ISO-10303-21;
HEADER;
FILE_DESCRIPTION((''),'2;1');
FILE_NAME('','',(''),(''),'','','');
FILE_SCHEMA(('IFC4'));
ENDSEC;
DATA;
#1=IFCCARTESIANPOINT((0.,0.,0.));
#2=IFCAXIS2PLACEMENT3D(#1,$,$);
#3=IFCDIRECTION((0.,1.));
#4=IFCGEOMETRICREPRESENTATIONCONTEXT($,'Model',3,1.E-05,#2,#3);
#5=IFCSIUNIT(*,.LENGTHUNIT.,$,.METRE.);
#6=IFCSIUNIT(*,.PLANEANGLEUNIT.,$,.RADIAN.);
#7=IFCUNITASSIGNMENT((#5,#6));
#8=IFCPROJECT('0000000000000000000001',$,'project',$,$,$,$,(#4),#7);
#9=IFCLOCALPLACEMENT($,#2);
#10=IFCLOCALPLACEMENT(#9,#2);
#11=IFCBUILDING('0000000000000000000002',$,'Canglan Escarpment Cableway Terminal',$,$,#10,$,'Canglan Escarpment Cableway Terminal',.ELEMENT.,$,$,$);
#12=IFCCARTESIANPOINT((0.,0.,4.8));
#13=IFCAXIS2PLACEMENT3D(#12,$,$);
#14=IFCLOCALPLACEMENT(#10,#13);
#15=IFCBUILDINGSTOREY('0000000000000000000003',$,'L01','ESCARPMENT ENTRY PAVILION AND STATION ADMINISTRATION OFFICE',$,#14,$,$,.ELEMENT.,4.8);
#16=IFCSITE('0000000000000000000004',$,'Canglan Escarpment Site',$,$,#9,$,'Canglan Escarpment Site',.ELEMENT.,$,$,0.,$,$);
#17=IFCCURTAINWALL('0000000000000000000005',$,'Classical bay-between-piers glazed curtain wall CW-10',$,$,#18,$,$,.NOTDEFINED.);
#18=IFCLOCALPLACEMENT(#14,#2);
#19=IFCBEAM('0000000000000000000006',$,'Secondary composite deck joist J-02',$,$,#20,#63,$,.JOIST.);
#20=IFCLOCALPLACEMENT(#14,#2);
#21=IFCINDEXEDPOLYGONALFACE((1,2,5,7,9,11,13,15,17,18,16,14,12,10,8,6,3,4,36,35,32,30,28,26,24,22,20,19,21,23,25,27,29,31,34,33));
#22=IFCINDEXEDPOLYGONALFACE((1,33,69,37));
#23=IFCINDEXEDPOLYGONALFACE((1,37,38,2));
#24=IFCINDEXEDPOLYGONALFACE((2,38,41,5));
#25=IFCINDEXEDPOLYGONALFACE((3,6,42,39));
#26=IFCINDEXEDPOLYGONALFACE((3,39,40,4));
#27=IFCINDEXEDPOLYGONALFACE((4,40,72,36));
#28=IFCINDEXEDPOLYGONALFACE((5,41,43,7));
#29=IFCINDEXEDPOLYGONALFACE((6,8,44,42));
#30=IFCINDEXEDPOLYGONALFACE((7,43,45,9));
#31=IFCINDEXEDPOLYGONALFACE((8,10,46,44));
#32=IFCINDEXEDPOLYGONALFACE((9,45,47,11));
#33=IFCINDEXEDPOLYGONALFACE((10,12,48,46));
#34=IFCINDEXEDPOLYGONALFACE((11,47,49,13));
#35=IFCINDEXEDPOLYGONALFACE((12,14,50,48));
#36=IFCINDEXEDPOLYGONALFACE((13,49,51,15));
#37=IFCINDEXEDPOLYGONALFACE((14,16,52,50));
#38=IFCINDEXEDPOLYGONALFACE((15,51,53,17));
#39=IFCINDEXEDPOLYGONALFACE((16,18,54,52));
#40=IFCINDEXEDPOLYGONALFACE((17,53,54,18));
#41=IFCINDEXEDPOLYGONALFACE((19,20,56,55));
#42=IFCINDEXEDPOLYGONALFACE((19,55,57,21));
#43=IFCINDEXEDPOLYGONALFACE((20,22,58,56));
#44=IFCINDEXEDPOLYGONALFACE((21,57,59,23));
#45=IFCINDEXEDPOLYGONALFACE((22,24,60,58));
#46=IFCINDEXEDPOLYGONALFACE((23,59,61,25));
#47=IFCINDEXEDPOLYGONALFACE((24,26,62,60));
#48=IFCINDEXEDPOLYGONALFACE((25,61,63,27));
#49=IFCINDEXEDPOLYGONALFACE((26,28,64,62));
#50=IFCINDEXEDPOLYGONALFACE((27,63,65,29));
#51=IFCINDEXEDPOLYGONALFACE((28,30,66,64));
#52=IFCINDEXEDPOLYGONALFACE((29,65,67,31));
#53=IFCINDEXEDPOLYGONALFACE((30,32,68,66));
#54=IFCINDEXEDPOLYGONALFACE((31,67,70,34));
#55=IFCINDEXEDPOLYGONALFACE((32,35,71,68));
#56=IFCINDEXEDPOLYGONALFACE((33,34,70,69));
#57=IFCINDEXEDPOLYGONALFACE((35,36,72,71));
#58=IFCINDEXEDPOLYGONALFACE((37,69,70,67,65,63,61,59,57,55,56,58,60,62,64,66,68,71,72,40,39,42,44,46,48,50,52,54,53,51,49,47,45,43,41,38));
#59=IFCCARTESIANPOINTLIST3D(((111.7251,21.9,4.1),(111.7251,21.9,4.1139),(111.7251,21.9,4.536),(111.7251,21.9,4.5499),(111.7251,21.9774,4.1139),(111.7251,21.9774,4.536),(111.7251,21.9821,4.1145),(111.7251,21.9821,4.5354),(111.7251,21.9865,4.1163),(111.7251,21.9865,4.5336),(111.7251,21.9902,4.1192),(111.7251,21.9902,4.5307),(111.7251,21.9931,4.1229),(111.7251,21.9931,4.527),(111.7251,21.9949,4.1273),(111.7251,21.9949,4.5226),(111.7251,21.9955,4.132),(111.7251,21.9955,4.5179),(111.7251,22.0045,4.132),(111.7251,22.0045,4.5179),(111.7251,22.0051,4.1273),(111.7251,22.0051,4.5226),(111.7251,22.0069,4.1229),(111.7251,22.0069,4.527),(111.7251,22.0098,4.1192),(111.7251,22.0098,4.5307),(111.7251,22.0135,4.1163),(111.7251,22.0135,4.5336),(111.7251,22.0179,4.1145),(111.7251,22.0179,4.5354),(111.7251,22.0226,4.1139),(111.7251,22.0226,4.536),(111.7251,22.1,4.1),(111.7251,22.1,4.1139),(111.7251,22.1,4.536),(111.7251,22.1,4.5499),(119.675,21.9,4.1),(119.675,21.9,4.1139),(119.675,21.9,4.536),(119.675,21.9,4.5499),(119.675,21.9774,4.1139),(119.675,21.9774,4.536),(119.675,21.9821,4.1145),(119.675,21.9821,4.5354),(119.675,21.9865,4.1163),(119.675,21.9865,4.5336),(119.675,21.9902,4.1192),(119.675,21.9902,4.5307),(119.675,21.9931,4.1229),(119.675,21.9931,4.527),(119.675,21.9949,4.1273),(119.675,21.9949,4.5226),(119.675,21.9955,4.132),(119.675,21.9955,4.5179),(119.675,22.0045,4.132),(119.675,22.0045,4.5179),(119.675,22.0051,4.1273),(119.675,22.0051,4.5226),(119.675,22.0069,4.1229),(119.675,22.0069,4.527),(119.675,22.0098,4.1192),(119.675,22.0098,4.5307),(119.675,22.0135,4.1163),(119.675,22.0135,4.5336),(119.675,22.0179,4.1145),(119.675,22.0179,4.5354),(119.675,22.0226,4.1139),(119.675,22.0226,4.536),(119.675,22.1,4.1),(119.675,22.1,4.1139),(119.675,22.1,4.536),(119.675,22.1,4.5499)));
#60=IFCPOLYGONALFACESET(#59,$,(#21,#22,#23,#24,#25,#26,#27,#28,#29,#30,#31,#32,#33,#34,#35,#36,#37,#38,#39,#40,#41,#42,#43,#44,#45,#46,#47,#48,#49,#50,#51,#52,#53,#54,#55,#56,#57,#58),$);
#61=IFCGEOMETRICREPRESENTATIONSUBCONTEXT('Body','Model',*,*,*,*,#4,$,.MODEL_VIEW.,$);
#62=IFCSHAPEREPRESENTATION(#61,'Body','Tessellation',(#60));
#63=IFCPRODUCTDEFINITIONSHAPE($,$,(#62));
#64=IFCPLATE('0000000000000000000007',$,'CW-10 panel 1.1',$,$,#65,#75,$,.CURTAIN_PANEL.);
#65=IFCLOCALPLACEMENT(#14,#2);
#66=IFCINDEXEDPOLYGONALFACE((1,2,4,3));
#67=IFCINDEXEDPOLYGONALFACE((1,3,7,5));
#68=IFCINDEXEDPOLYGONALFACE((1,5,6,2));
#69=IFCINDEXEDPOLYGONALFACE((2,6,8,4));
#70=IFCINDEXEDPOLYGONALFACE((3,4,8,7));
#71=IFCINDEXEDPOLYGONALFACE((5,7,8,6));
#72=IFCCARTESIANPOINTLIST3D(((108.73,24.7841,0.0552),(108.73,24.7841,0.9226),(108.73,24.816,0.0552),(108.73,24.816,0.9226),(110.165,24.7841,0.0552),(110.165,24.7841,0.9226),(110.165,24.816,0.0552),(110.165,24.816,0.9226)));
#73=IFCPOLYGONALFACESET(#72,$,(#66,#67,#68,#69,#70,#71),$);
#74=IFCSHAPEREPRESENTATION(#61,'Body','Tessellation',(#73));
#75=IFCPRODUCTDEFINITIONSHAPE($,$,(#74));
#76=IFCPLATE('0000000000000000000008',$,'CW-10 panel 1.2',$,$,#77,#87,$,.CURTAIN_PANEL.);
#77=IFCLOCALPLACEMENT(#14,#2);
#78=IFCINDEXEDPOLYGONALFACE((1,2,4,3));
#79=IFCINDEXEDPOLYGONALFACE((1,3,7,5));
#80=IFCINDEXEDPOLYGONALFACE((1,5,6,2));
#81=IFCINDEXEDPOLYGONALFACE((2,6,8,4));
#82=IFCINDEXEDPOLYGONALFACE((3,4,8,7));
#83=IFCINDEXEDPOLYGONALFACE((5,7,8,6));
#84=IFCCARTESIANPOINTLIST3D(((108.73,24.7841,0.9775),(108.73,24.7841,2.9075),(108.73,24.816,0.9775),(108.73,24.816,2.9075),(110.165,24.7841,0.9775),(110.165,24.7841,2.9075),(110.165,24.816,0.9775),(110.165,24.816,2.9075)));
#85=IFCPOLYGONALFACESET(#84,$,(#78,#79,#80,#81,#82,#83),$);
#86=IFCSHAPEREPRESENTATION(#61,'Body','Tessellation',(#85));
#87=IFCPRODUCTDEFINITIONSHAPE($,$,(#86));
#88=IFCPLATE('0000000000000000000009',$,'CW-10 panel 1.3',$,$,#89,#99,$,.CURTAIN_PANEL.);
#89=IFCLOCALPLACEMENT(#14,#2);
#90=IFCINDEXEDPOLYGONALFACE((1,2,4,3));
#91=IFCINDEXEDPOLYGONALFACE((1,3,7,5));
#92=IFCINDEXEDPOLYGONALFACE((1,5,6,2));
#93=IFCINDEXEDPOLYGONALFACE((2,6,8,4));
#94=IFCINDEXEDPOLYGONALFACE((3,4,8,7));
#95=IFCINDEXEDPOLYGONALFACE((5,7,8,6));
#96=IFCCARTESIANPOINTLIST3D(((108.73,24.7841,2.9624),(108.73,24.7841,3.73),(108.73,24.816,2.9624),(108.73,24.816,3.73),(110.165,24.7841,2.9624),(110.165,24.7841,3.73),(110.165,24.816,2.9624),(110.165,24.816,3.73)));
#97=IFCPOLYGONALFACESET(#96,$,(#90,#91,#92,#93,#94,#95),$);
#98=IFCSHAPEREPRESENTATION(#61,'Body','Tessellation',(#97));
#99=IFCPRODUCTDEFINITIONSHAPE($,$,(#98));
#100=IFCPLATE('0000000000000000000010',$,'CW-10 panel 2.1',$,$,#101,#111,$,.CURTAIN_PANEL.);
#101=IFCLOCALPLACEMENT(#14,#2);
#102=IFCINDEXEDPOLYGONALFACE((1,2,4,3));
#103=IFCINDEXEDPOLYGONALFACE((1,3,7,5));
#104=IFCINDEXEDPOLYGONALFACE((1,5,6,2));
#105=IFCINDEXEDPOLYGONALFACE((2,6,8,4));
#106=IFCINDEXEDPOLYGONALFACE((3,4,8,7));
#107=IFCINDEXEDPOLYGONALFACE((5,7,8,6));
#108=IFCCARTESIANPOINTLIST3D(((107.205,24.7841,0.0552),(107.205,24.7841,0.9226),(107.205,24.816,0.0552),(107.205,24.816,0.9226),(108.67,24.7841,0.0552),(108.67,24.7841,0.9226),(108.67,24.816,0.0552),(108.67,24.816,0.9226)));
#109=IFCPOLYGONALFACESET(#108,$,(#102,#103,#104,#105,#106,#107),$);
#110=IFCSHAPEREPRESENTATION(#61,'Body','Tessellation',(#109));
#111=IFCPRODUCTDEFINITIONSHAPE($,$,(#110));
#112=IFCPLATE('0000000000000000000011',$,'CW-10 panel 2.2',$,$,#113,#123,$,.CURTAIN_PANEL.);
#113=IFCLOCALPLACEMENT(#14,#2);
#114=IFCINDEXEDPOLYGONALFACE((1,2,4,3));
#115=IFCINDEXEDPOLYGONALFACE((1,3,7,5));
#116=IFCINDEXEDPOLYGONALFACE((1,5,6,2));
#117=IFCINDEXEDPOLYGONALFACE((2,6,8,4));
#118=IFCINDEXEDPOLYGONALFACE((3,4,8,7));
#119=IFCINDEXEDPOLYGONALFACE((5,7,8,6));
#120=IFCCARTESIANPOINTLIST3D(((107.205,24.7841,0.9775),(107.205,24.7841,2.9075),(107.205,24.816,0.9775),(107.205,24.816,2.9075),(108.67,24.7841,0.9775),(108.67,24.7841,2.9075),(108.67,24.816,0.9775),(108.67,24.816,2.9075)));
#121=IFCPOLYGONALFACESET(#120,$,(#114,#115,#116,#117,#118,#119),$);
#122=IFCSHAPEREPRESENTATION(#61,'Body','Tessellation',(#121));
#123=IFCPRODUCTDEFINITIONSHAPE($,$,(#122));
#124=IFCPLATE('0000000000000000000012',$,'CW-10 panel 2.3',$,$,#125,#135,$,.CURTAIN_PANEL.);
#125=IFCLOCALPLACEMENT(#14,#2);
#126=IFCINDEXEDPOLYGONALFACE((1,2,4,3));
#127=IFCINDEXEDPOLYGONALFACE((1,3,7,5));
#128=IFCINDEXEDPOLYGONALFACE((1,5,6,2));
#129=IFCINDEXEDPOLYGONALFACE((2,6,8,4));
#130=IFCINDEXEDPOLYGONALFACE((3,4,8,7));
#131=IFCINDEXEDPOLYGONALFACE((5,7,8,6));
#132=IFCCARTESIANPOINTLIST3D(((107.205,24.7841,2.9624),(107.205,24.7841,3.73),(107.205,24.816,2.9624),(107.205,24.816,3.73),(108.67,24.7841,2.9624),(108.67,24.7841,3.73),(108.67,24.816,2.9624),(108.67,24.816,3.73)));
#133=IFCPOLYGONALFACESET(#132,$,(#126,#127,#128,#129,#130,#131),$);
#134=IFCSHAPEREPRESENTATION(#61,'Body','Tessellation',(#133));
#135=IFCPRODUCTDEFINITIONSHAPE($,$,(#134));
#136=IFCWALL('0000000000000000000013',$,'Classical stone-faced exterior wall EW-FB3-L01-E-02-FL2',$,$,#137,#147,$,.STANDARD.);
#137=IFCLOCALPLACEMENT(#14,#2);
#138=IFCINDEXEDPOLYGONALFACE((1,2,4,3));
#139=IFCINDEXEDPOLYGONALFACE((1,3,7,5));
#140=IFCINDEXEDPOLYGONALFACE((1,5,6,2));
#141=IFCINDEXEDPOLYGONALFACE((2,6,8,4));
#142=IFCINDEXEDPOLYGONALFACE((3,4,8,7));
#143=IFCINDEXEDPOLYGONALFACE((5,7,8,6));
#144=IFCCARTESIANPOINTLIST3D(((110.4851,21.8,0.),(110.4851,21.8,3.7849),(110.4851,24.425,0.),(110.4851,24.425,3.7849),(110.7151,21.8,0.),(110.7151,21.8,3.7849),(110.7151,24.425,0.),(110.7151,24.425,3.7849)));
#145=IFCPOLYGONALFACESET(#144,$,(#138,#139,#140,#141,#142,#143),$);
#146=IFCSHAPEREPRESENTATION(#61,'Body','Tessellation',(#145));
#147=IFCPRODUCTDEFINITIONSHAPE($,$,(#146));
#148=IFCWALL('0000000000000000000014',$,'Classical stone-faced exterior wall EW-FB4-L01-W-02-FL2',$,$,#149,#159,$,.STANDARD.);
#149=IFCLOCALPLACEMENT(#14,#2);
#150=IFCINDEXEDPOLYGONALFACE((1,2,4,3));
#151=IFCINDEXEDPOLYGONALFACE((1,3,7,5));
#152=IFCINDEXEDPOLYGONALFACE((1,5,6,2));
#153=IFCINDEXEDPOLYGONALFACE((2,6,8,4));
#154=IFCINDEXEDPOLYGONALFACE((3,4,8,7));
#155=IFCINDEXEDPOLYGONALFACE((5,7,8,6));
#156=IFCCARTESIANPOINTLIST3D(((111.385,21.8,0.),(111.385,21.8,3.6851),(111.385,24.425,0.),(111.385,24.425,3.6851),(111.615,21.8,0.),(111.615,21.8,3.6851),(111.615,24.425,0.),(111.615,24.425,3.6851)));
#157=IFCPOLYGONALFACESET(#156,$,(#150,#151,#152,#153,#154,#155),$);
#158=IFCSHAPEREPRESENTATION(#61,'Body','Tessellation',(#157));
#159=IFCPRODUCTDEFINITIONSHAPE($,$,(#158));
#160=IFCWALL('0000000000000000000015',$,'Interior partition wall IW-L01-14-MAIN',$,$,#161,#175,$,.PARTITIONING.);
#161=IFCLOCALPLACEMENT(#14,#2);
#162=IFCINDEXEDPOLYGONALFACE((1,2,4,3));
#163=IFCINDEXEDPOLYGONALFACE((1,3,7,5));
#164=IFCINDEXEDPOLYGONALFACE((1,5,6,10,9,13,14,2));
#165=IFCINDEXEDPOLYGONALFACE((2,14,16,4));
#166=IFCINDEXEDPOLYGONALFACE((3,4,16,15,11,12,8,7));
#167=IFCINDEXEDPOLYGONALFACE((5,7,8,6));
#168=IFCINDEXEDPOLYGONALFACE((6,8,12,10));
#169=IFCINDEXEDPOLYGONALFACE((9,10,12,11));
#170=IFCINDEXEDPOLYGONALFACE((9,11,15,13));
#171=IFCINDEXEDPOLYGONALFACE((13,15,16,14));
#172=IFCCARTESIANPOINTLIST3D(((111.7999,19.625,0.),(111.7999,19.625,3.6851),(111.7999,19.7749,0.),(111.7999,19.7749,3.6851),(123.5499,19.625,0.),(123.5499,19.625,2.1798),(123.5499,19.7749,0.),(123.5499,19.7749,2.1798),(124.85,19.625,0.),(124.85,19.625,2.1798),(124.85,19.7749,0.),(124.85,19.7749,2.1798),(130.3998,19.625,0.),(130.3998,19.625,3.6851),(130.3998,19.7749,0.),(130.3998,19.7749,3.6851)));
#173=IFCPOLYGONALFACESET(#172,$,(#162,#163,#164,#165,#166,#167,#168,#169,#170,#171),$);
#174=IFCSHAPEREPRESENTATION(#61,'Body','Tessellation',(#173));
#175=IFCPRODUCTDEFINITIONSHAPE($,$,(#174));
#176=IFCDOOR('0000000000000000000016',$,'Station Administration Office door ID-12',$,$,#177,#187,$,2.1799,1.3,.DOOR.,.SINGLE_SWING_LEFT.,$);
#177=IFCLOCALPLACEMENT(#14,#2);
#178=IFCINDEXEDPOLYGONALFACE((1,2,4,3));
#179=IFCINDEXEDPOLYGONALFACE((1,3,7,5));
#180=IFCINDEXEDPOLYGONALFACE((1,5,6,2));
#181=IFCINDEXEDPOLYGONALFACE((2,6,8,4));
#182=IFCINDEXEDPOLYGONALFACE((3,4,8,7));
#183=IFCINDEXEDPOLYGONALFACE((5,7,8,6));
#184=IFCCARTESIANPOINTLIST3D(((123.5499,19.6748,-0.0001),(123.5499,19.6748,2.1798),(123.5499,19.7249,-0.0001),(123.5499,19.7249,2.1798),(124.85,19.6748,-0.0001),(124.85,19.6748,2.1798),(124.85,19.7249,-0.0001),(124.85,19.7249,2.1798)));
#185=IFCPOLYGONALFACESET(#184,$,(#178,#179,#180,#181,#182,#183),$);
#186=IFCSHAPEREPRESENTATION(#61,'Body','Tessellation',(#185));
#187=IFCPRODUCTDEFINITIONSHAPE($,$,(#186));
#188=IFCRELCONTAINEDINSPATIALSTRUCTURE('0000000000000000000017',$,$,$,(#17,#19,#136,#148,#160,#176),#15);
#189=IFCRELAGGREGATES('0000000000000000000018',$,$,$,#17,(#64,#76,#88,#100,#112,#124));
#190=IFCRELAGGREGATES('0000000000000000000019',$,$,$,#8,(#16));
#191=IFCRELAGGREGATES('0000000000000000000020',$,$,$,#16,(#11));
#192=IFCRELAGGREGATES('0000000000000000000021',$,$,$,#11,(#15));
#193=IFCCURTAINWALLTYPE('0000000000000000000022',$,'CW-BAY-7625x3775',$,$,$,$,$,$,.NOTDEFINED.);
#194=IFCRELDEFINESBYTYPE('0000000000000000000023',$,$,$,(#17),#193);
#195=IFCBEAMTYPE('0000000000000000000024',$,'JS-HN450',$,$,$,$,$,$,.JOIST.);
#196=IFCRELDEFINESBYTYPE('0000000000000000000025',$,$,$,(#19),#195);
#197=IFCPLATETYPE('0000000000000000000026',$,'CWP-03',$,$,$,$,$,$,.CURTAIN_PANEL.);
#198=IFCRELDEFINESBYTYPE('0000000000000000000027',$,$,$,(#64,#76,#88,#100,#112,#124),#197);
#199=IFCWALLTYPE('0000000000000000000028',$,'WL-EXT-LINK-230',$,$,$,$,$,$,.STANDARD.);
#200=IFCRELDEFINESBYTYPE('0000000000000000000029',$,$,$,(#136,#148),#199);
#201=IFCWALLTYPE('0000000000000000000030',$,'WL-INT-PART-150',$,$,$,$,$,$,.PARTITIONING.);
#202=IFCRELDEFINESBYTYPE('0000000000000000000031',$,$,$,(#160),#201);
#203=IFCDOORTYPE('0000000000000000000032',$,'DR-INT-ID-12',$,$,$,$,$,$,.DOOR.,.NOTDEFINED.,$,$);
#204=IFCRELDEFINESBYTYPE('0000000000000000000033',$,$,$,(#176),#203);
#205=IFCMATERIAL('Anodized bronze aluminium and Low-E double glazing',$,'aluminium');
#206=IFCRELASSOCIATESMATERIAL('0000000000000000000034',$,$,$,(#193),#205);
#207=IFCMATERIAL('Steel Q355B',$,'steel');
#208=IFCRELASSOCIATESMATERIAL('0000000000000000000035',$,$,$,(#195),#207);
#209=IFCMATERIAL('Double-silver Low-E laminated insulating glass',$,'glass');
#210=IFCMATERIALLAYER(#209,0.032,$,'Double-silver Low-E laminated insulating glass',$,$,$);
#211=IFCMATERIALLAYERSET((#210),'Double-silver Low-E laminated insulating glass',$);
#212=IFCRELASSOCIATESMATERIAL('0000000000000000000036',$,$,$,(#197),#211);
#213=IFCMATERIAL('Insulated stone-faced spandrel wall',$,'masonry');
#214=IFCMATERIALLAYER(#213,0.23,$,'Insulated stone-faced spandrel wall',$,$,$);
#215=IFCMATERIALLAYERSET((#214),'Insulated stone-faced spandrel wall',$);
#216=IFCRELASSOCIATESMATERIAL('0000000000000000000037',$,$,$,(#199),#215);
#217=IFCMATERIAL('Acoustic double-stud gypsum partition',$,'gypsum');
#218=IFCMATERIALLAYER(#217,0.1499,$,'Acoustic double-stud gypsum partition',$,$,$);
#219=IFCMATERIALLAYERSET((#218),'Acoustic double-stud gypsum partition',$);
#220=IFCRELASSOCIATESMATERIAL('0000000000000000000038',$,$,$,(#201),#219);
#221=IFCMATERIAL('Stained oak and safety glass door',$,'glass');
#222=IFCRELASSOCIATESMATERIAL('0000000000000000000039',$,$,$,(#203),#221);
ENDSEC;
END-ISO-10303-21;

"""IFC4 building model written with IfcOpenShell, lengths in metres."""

from ifc_helpers import new_model, si_unit, direction, frame, frame_2d, origin, origin_2d, place, context, subcontext, project, spatial, rectangle, i_section, extrude, material, layer, layer_set, material_profile, profile_set, type_object, element, fill, aggregate, save


model = new_model("IFC4")

# Units and contexts
model_context = context("Model", 3, precision=1e-05, world=origin(), true_north=direction((0.0, 1.0)))
body_context = subcontext(model_context, "Body", "Model", "MODEL_VIEW")
ifc_project = project(units=[si_unit("LENGTHUNIT", "METRE"), si_unit("PLANEANGLEUNIT", "RADIAN")], contexts=[model_context])

# Site, building, storey
site_placement = place(None, origin())
site = spatial("IfcSite", under=ifc_project, at=site_placement, Name="Canglan Escarpment Site", LongName="Canglan Escarpment Site", CompositionType="ELEMENT", RefElevation=0.0)
building_placement = place(site_placement, origin())
building = spatial("IfcBuilding", under=site, at=building_placement, Name="Canglan Escarpment Cableway Terminal", LongName="Canglan Escarpment Cableway Terminal", CompositionType="ELEMENT")
storey_placement = place(building_placement, frame((0.0, 0.0, 4.8)))
storey = spatial("IfcBuildingStorey", under=building, at=storey_placement, Name="L01", Description="ESCARPMENT ENTRY PAVILION AND STATION ADMINISTRATION OFFICE", CompositionType="ELEMENT", Elevation=4.8)

# Curtain wall
ifc_material_1 = material(Name="Anodized bronze aluminium and Low-E double glazing", Category="aluminium")
curtain_wall_type = type_object("IfcCurtainWallType", Name="CW-BAY-7625x3775", PredefinedType="NOTDEFINED", material=ifc_material_1)
curtain_wall_placement = place(storey_placement, origin())
curtain_wall = element("IfcCurtainWall", 1, at=curtain_wall_placement, inside=storey, type_object=curtain_wall_type, Name="Classical bay-between-piers glazed curtain wall CW-10", PredefinedType="NOTDEFINED")

# Beam
ifc_material_2 = material(Name="Steel Q355B", Category="steel")
ifc_material_profile_1 = material_profile(ifc_material_2, i_section(OverallWidth=0.2, OverallDepth=0.45, WebThickness=0.009, FlangeThickness=0.0139, FilletRadius=0.0181, at=origin_2d()), Name="HN 450x200x9x14")
ifc_profile_set_1 = profile_set([ifc_material_profile_1], Name="Steel Q355B")
beam_type = type_object("IfcBeamType", Name="JS-HN450", PredefinedType="JOIST", material=ifc_profile_set_1)
for number, where, z_axis, x_axis, name in (
    (2, (111.7251, 22.0, 4.325), (1.0, 0.0, 0.0), (0.0, 1.0, 0.0), "Secondary composite deck joist J-02"),
):
    element("IfcBeam", number, at=place(storey_placement, frame(where, z_axis=z_axis, x_axis=x_axis)), inside=storey, type_object=beam_type, Name=name, PredefinedType="JOIST", context=body_context, shape_type="SweptSolid", body=[
        extrude(i_section(OverallWidth=0.2, OverallDepth=0.45, WebThickness=0.009, FlangeThickness=0.0139, FilletRadius=0.0181, at=origin_2d()), origin(), (0.0, 0.0, 1.0), 7.95),
    ])

# Plates
ifc_material_3 = material(Name="Double-silver Low-E laminated insulating glass", Category="glass")
ifc_layer_1 = layer(ifc_material_3, 0.032, Name="Double-silver Low-E laminated insulating glass")
ifc_layer_set_1 = layer_set([ifc_layer_1], Name="Double-silver Low-E laminated insulating glass")
plate_type = type_object("IfcPlateType", Name="CWP-03", PredefinedType="CURTAIN_PANEL", material=ifc_layer_set_1)
plate_1_placement = place(storey_placement, frame((109.4475, 24.8, 0.0552), z_axis=(0.0, 0.0, 1.0), x_axis=(-1.0, 0.0, 0.0)))
plate_1 = element("IfcPlate", 3, at=plate_1_placement, type_object=plate_type, Name="CW-10 panel 1.1", PredefinedType="CURTAIN_PANEL", context=body_context, shape_type="SweptSolid", body=[
    extrude(rectangle(XDim=1.4351, YDim=0.032, at=origin_2d()), origin(), (0.0, 0.0, 1.0), 0.8674),
])
plate_2_placement = place(storey_placement, frame((109.4475, 24.8, 0.9775), z_axis=(0.0, 0.0, 1.0), x_axis=(-1.0, 0.0, 0.0)))
plate_2 = element("IfcPlate", 4, at=plate_2_placement, type_object=plate_type, Name="CW-10 panel 1.2", PredefinedType="CURTAIN_PANEL", context=body_context, shape_type="SweptSolid", body=[
    extrude(rectangle(XDim=1.4351, YDim=0.032, at=origin_2d()), origin(), (0.0, 0.0, 1.0), 1.9299),
])
plate_3_placement = place(storey_placement, frame((109.4475, 24.8, 2.9624), z_axis=(0.0, 0.0, 1.0), x_axis=(-1.0, 0.0, 0.0)))
plate_3 = element("IfcPlate", 5, at=plate_3_placement, type_object=plate_type, Name="CW-10 panel 1.3", PredefinedType="CURTAIN_PANEL", context=body_context, shape_type="SweptSolid", body=[
    extrude(rectangle(XDim=1.4351, YDim=0.032, at=origin_2d()), origin(), (0.0, 0.0, 1.0), 0.7676),
])
plate_4_placement = place(storey_placement, frame((107.9375, 24.8, 0.0552), z_axis=(0.0, 0.0, 1.0), x_axis=(-1.0, 0.0, 0.0)))
plate_4 = element("IfcPlate", 6, at=plate_4_placement, type_object=plate_type, Name="CW-10 panel 2.1", PredefinedType="CURTAIN_PANEL", context=body_context, shape_type="SweptSolid", body=[
    extrude(rectangle(XDim=1.4651, YDim=0.032, at=origin_2d()), origin(), (0.0, 0.0, 1.0), 0.8674),
])
plate_5_placement = place(storey_placement, frame((107.9375, 24.8, 0.9775), z_axis=(0.0, 0.0, 1.0), x_axis=(-1.0, 0.0, 0.0)))
plate_5 = element("IfcPlate", 7, at=plate_5_placement, type_object=plate_type, Name="CW-10 panel 2.2", PredefinedType="CURTAIN_PANEL", context=body_context, shape_type="SweptSolid", body=[
    extrude(rectangle(XDim=1.4651, YDim=0.032, at=origin_2d()), origin(), (0.0, 0.0, 1.0), 1.9299),
])
plate_6_placement = place(storey_placement, frame((107.9375, 24.8, 2.9624), z_axis=(0.0, 0.0, 1.0), x_axis=(-1.0, 0.0, 0.0)))
plate_6 = element("IfcPlate", 8, at=plate_6_placement, type_object=plate_type, Name="CW-10 panel 2.3", PredefinedType="CURTAIN_PANEL", context=body_context, shape_type="SweptSolid", body=[
    extrude(rectangle(XDim=1.4651, YDim=0.032, at=origin_2d()), origin(), (0.0, 0.0, 1.0), 0.7676),
])
aggregate(curtain_wall, [plate_1, plate_2, plate_3, plate_4, plate_5, plate_6])

# Walls
ifc_material_4 = material(Name="Insulated stone-faced spandrel wall", Category="masonry")
ifc_layer_2 = layer(ifc_material_4, 0.23, Name="Insulated stone-faced spandrel wall")
ifc_layer_set_2 = layer_set([ifc_layer_2], Name="Insulated stone-faced spandrel wall")
wall_type_1 = type_object("IfcWallType", Name="WL-EXT-LINK-230", PredefinedType="STANDARD", material=ifc_layer_set_2)
wall_1_placement = place(storey_placement, frame((110.6001, 21.8, 0.0), z_axis=(0.0, 0.0, 1.0), x_axis=(0.0, 1.0, 0.0)))
element("IfcWall", 9, at=wall_1_placement, inside=storey, type_object=wall_type_1, Name="Classical stone-faced exterior wall EW-FB3-L01-E-02-FL2", PredefinedType="STANDARD", context=body_context, shape_type="SweptSolid", body=[
    extrude(rectangle(XDim=2.625, YDim=0.23, at=frame_2d((1.3125, 0.0))), origin(), (0.0, 0.0, 1.0), 3.7849),
])
wall_2_placement = place(storey_placement, frame((111.5, 21.8, 0.0), z_axis=(0.0, 0.0, 1.0), x_axis=(0.0, 1.0, 0.0)))
element("IfcWall", 10, at=wall_2_placement, inside=storey, type_object=wall_type_1, Name="Classical stone-faced exterior wall EW-FB4-L01-W-02-FL2", PredefinedType="STANDARD", context=body_context, shape_type="SweptSolid", body=[
    extrude(rectangle(XDim=2.625, YDim=0.23, at=frame_2d((1.3125, 0.0))), origin(), (0.0, 0.0, 1.0), 3.6851),
])

# Wall, opening, door
ifc_material_5 = material(Name="Acoustic double-stud gypsum partition", Category="gypsum")
ifc_layer_3 = layer(ifc_material_5, 0.1499, Name="Acoustic double-stud gypsum partition")
ifc_layer_set_3 = layer_set([ifc_layer_3], Name="Acoustic double-stud gypsum partition")
wall_type_2 = type_object("IfcWallType", Name="WL-INT-PART-150", PredefinedType="PARTITIONING", material=ifc_layer_set_3)
wall_3_placement = place(storey_placement, frame((111.8, 19.7, 0.0), z_axis=(0.0, 0.0, 1.0), x_axis=(1.0, 0.0, 0.0)))
wall_3 = element("IfcWall", 11, at=wall_3_placement, inside=storey, type_object=wall_type_2, Name="Interior partition wall IW-L01-14-MAIN", PredefinedType="PARTITIONING", context=body_context, shape_type="SweptSolid", body=[
    extrude(rectangle(XDim=18.5999, YDim=0.1499, at=frame_2d((9.2998, 0.0))), origin(), (0.0, 0.0, 1.0), 3.6851),
])
opening_placement = place(wall_3_placement, frame((11.75, 0.0, 0.0)))
opening = element("IfcOpeningElement", 12, at=opening_placement, cuts=wall_3, PredefinedType="OPENING", context=body_context, shape_type="SweptSolid", body=[
    extrude(rectangle(XDim=1.3, YDim=2.1799, at=frame_2d((0.6499, 1.0898))), frame((0.0, 0.085, 0.0), z_axis=(0.0, -1.0, 0.0), x_axis=(1.0, 0.0, 0.0)), (0.0, 0.0, 1.0), 0.1699),
])
ifc_material_6 = material(Name="Stained oak and safety glass door", Category="glass")
door_type = type_object("IfcDoorType", Name="DR-INT-ID-12", OperationType="NOTDEFINED", PredefinedType="DOOR", material=ifc_material_6)
door_placement = place(opening_placement, origin())
door = element("IfcDoor", 13, at=door_placement, inside=storey, type_object=door_type, Name="Station Administration Office door ID-12", OperationType="SINGLE_SWING_LEFT", OverallHeight=2.1799, OverallWidth=1.3, PredefinedType="DOOR", context=body_context, shape_type="SweptSolid", body=[
    extrude(rectangle(XDim=1.3, YDim=2.1799, at=frame_2d((0.6499, 1.0898))), frame((0.0, 0.0249, 0.0), z_axis=(0.0, -1.0, 0.0), x_axis=(1.0, 0.0, 0.0)), (0.0, 0.0, 1.0), 0.05),
])
fill(opening, door)

save(model, "model.ifc")
